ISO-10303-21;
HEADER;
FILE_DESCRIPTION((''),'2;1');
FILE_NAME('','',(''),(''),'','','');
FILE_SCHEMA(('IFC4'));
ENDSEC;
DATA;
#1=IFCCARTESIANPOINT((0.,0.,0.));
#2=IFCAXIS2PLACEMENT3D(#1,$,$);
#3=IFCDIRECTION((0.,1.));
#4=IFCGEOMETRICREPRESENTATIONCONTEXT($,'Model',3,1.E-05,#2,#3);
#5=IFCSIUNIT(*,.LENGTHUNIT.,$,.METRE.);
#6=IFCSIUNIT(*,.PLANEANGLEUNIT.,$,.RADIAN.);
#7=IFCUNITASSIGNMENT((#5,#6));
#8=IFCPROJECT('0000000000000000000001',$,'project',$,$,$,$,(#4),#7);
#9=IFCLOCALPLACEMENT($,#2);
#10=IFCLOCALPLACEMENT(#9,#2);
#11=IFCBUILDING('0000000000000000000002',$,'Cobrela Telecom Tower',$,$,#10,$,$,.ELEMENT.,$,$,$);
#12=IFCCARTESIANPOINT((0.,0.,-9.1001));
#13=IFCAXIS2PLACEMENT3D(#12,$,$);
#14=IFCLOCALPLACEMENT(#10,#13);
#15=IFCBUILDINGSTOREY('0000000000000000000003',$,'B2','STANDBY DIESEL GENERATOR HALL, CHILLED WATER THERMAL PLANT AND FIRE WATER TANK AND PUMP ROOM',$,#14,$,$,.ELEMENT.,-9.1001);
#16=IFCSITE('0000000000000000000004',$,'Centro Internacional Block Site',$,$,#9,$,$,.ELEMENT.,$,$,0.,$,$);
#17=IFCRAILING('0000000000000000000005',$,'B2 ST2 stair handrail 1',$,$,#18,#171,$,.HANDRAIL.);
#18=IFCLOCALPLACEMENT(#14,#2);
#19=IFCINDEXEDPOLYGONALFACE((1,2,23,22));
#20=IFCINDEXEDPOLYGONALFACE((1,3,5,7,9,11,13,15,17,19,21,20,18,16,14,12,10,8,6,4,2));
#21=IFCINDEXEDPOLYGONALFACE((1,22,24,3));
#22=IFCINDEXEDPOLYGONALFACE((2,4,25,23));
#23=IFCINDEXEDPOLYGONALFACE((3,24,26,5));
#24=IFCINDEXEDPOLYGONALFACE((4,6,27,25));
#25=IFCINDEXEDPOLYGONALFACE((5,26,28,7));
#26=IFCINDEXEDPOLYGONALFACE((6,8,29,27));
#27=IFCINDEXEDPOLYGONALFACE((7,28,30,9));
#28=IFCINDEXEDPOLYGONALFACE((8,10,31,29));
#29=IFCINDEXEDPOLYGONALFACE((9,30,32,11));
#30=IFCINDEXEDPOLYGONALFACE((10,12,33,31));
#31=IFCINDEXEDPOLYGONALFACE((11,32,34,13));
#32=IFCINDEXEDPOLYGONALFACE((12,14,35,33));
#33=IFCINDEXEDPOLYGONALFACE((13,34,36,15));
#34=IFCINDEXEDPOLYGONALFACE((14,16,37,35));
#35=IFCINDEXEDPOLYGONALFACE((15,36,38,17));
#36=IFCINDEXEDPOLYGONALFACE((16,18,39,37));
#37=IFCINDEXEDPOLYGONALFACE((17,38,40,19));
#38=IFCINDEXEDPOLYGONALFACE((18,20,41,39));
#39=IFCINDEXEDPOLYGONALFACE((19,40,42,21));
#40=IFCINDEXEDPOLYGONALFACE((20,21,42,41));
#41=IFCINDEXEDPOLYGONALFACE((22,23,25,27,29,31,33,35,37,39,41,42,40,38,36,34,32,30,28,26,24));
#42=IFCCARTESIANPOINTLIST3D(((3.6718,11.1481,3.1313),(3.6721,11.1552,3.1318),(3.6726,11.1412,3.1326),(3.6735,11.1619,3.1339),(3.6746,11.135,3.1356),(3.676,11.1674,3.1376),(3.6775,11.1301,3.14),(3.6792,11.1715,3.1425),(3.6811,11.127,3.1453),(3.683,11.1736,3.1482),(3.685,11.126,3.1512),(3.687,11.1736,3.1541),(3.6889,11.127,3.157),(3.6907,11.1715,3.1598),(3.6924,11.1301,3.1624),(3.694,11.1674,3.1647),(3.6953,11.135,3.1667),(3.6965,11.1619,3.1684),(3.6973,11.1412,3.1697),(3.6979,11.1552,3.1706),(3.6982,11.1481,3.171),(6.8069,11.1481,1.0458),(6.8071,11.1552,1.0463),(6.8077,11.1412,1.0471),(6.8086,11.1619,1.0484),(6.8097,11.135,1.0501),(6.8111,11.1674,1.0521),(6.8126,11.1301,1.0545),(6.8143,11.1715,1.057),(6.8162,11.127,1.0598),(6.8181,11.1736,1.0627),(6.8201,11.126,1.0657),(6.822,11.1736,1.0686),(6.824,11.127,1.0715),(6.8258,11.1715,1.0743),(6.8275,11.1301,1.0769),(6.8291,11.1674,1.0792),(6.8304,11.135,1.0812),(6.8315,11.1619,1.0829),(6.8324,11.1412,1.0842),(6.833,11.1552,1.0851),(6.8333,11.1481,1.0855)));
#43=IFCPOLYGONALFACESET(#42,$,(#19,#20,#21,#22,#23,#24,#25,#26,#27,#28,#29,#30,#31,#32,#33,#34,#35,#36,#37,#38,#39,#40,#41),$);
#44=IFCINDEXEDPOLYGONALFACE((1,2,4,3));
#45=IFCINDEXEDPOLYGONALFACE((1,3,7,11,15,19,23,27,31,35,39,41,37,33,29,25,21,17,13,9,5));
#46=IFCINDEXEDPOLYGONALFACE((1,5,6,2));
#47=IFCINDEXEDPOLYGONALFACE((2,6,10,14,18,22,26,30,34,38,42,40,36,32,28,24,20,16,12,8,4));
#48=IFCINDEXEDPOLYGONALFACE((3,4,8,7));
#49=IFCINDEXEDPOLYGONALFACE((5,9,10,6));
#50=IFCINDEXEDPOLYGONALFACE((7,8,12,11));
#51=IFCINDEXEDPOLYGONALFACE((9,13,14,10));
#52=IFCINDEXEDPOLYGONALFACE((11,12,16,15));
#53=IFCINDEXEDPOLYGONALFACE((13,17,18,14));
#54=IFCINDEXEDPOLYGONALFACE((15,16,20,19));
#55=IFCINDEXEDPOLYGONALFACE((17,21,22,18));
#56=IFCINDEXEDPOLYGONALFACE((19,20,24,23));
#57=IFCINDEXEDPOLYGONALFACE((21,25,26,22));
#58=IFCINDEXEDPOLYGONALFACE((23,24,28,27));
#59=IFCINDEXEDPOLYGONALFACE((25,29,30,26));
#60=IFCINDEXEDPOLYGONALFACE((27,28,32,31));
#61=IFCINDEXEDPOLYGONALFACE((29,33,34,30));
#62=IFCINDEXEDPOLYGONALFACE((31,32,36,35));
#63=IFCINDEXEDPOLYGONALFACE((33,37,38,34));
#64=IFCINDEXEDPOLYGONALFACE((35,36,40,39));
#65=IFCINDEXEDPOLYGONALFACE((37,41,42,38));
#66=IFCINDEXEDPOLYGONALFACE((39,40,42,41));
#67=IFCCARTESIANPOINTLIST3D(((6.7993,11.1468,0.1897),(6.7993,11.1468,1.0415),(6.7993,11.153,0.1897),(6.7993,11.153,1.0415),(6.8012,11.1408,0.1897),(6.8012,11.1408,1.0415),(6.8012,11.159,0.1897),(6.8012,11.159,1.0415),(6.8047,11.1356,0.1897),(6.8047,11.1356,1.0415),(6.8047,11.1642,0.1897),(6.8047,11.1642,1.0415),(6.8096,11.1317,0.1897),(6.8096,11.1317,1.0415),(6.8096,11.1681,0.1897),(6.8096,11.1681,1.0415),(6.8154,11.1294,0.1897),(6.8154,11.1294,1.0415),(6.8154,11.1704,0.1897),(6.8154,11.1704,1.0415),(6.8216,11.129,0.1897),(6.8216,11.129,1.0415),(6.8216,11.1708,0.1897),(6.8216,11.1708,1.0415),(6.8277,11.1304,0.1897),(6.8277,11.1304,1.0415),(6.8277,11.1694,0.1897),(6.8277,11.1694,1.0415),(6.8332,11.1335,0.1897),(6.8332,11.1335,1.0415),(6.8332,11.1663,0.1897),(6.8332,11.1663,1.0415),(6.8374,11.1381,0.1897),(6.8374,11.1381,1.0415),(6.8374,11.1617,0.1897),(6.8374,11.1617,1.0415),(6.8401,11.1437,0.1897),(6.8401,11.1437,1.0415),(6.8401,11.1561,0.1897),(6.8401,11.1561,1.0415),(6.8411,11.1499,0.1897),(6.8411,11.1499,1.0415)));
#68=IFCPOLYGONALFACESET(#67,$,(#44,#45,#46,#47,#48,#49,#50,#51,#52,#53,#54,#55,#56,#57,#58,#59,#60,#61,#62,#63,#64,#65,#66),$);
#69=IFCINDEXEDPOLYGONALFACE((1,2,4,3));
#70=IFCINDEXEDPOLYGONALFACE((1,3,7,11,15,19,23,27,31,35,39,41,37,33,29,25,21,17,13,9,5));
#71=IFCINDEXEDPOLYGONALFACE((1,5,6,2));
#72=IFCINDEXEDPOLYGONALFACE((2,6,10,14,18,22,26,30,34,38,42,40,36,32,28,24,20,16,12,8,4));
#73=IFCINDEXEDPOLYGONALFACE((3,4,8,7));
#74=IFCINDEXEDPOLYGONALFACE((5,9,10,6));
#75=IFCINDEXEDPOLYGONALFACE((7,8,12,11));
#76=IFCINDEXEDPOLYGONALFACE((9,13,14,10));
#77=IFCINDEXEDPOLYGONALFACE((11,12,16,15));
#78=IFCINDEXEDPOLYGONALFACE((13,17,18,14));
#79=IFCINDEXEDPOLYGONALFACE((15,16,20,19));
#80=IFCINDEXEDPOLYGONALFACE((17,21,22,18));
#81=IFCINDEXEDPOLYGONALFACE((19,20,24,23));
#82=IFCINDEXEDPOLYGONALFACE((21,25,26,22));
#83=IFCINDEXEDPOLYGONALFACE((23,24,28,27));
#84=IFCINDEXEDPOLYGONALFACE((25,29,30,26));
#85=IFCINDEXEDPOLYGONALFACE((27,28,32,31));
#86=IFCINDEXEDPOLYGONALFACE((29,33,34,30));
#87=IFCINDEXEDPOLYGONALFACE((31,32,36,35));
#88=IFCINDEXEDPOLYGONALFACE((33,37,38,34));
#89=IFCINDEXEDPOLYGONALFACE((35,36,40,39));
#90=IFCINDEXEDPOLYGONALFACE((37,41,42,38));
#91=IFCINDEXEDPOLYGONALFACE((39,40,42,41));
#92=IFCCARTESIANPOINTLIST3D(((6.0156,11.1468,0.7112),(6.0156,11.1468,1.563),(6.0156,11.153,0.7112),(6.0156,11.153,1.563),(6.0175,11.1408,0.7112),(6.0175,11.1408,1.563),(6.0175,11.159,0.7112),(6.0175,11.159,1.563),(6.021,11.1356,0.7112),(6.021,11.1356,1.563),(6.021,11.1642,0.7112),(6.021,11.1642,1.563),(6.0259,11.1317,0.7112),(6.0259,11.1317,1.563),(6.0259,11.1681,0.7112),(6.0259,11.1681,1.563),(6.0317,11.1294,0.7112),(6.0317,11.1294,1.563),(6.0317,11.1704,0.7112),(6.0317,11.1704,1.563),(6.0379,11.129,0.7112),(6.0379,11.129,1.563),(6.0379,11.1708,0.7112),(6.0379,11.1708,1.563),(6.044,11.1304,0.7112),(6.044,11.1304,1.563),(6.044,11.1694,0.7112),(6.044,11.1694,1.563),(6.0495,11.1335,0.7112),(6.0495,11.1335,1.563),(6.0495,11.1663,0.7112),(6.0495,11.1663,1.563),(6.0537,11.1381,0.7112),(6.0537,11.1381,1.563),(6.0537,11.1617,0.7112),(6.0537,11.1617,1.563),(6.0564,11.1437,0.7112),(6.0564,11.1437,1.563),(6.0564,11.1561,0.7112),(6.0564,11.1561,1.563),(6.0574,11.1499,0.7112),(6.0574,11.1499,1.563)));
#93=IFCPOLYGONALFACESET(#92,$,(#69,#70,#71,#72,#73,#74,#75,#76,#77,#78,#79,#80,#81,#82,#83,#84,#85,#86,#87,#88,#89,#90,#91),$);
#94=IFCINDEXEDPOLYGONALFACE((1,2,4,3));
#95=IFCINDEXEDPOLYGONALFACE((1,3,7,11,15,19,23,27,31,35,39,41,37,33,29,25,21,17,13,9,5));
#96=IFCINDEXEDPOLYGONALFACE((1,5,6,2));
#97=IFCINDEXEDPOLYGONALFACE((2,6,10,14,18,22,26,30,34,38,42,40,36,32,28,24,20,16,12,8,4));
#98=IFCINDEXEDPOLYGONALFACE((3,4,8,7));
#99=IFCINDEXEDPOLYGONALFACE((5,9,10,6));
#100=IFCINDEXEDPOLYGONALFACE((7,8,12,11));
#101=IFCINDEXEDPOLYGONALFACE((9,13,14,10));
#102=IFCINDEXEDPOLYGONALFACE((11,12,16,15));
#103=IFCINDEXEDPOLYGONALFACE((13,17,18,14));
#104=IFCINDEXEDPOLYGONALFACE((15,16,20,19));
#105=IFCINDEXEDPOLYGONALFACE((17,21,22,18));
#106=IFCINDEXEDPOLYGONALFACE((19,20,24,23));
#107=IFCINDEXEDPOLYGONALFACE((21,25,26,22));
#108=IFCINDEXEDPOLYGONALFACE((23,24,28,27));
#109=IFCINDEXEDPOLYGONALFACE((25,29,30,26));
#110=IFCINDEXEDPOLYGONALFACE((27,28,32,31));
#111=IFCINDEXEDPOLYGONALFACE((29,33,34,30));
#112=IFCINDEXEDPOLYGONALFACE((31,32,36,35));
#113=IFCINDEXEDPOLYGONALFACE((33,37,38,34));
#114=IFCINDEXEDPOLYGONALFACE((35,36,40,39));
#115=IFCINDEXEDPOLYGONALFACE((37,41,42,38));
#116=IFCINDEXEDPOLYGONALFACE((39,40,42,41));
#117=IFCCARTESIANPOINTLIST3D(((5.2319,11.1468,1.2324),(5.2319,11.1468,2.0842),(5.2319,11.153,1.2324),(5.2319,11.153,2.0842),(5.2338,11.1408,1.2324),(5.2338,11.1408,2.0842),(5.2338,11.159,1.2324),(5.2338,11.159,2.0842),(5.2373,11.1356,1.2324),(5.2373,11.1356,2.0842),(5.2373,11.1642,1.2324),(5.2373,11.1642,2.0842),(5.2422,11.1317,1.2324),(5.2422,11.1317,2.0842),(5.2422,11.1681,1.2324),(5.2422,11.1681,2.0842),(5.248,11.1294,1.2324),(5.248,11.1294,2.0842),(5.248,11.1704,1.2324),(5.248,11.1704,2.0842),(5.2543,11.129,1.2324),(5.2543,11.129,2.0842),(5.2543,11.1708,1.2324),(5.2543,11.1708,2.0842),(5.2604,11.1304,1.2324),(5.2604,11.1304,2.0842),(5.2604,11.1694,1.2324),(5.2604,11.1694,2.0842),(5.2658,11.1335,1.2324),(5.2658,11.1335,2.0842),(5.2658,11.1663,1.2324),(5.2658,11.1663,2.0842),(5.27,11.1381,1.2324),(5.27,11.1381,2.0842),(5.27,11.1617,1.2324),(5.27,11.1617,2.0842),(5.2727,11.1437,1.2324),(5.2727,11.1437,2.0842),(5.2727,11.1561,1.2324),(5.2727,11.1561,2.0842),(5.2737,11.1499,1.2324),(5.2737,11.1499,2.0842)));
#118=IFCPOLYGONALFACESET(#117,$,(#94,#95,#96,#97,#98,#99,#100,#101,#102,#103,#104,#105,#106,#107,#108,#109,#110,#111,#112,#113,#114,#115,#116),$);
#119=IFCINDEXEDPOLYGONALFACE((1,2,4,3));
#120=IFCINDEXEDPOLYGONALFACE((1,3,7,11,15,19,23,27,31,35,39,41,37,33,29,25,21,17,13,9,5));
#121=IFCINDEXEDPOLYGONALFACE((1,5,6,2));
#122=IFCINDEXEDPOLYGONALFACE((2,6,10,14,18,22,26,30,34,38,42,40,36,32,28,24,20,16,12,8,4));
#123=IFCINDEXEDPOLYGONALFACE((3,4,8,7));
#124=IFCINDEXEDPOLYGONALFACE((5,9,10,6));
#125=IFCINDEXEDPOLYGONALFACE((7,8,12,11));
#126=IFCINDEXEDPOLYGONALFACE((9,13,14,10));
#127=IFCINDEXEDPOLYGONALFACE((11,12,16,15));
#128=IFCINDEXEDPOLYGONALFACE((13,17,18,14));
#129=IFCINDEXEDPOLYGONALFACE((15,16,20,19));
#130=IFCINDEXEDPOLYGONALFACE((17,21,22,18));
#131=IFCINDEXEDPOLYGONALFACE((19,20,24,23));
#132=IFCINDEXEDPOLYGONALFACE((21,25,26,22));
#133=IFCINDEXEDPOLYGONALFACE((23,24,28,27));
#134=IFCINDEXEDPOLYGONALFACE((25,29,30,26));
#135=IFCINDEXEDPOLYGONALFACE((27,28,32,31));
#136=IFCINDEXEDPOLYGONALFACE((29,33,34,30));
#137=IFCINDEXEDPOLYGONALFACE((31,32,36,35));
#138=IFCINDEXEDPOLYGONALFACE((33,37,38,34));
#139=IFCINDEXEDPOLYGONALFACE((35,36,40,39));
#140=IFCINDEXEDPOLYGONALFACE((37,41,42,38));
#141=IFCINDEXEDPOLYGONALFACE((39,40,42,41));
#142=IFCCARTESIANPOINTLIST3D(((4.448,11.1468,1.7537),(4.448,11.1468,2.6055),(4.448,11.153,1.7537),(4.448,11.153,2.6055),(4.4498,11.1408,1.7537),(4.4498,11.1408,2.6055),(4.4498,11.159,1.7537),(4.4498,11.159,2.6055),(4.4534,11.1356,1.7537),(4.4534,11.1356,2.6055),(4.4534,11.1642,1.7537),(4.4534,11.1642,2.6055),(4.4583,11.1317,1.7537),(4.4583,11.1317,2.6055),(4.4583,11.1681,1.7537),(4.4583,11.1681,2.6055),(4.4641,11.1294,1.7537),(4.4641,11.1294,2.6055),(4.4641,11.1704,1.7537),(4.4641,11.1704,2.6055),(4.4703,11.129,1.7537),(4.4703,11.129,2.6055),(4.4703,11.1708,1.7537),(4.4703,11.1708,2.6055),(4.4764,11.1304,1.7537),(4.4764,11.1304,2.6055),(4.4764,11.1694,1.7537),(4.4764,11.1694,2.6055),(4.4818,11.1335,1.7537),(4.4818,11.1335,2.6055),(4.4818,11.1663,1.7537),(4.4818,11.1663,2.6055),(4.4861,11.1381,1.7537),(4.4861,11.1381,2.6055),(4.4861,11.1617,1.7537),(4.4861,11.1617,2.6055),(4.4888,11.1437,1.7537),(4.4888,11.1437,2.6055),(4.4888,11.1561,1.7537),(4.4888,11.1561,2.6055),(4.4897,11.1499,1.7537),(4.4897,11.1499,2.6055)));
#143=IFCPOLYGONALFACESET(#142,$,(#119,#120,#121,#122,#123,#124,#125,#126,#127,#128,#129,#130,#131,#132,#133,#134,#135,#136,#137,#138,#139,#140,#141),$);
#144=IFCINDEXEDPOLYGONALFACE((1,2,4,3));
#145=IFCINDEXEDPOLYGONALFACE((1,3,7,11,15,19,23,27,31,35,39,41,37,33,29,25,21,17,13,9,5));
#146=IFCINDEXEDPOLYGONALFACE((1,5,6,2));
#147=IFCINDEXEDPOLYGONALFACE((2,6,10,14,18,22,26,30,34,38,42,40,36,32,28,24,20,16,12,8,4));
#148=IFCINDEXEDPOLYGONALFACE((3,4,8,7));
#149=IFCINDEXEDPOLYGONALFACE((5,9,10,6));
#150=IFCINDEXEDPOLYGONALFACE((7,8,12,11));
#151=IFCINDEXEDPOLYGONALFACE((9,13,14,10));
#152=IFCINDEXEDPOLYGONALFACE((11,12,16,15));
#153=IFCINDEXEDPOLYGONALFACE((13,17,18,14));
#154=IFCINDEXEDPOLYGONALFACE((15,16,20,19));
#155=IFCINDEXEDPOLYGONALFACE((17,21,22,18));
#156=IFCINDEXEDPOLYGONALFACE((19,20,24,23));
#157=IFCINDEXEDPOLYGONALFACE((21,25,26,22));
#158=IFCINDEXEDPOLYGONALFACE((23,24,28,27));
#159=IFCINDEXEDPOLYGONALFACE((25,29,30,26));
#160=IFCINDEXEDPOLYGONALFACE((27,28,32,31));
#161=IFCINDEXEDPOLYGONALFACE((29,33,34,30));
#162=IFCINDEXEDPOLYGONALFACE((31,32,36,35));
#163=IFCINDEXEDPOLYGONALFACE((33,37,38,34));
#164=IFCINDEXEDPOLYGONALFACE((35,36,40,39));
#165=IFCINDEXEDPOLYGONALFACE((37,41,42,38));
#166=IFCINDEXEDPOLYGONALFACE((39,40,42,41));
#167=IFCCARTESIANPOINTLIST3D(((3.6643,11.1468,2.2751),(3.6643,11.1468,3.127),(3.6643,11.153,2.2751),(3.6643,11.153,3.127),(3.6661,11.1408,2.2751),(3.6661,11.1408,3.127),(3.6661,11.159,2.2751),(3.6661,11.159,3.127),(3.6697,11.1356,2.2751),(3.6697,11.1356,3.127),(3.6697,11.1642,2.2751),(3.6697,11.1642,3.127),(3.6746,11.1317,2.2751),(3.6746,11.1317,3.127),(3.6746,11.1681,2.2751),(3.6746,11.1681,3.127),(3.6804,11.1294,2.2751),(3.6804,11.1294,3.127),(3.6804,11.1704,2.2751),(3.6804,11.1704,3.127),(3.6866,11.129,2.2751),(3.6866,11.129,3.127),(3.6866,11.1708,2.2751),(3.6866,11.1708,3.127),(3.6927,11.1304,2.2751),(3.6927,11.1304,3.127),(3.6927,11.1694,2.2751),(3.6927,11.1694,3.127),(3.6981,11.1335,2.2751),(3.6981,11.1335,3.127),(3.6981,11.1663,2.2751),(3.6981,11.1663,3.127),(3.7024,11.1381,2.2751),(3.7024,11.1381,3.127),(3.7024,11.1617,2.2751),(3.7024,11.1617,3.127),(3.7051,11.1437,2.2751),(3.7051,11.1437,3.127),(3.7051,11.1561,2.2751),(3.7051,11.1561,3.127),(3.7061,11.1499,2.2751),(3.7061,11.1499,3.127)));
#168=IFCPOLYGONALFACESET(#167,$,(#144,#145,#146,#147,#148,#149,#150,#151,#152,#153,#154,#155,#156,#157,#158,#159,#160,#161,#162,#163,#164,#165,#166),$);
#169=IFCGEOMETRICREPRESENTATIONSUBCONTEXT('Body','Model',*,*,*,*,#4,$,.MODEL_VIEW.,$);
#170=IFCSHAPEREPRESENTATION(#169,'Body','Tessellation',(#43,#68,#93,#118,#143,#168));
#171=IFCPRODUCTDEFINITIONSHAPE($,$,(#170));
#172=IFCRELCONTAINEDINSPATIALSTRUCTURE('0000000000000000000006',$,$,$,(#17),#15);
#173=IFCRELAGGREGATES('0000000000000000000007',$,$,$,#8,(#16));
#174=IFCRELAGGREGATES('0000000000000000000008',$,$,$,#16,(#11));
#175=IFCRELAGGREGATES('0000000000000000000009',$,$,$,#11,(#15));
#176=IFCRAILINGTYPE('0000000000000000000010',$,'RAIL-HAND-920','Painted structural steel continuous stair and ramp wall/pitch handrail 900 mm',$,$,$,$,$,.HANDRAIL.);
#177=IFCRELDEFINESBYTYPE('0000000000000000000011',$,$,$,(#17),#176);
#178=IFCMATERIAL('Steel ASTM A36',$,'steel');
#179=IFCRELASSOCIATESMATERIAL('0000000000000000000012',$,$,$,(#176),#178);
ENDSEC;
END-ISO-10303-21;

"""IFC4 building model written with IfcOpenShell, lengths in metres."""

from ifc_helpers import new_model, si_unit, direction, frame, origin, origin_2d, place, context, subcontext, project, spatial, circle, extrude, material, type_object, element, save


model = new_model("IFC4")

# Units and contexts
model_context = context("Model", 3, precision=1e-05, world=origin(), true_north=direction((0.0, 1.0)))
body_context = subcontext(model_context, "Body", "Model", "MODEL_VIEW")
ifc_project = project(units=[si_unit("LENGTHUNIT", "METRE"), si_unit("PLANEANGLEUNIT", "RADIAN")], contexts=[model_context])

# Site, building, storey
site_placement = place(None, origin())
site = spatial("IfcSite", under=ifc_project, at=site_placement, Name="Centro Internacional Block Site", CompositionType="ELEMENT", RefElevation=0.0)
building_placement = place(site_placement, origin())
building = spatial("IfcBuilding", under=site, at=building_placement, Name="Cobrela Telecom Tower", CompositionType="ELEMENT")
storey_placement = place(building_placement, frame((0.0, 0.0, -9.1001)))
storey = spatial("IfcBuildingStorey", under=building, at=storey_placement, Name="B2", Description="STANDBY DIESEL GENERATOR HALL, CHILLED WATER THERMAL PLANT AND FIRE WATER TANK AND PUMP ROOM", CompositionType="ELEMENT", Elevation=-9.1001)

# Shared definitions
ifc_material_1 = material(Name="Steel ASTM A36", Category="steel")

# Railing
railing_type_1 = type_object("IfcRailingType", Name="RAIL-HAND-920", Description="Painted structural steel continuous stair and ramp wall/pitch handrail 900 mm", PredefinedType="HANDRAIL", material=ifc_material_1)
railing_1_placement = place(storey_placement, frame((6.8201, 11.1499, 0.1897)))
element("IfcRailing", 1, at=railing_1_placement, inside=storey, type_object=railing_type_1, Name="B2 ST2 stair handrail 1", PredefinedType="HANDRAIL", context=body_context, shape_type="SweptSolid", body=[
    extrude(circle(Radius=0.0239, at=origin_2d()), frame((0.0, 0.0, 0.876), z_axis=(-0.832608, 0.0, 0.553862), x_axis=(0.0, -1.0, 0.0)), (0.0, 0.0, 1.0), 3.7654),
    extrude(circle(Radius=0.021, at=origin_2d()), origin(), (0.0, 0.0, 1.0), 0.8518),
    extrude(circle(Radius=0.021, at=origin_2d()), frame((-0.7837, 0.0, 0.5215)), (0.0, 0.0, 1.0), 0.8518),
    extrude(circle(Radius=0.021, at=origin_2d()), frame((-1.5674, 0.0, 1.0427)), (0.0, 0.0, 1.0), 0.8518),
    extrude(circle(Radius=0.021, at=origin_2d()), frame((-2.3513, 0.0, 1.564)), (0.0, 0.0, 1.0), 0.8518),
    extrude(circle(Radius=0.021, at=origin_2d()), frame((-3.135, 0.0, 2.0854)), (0.0, 0.0, 1.0), 0.8518),
])

save(model, "model.ifc")
